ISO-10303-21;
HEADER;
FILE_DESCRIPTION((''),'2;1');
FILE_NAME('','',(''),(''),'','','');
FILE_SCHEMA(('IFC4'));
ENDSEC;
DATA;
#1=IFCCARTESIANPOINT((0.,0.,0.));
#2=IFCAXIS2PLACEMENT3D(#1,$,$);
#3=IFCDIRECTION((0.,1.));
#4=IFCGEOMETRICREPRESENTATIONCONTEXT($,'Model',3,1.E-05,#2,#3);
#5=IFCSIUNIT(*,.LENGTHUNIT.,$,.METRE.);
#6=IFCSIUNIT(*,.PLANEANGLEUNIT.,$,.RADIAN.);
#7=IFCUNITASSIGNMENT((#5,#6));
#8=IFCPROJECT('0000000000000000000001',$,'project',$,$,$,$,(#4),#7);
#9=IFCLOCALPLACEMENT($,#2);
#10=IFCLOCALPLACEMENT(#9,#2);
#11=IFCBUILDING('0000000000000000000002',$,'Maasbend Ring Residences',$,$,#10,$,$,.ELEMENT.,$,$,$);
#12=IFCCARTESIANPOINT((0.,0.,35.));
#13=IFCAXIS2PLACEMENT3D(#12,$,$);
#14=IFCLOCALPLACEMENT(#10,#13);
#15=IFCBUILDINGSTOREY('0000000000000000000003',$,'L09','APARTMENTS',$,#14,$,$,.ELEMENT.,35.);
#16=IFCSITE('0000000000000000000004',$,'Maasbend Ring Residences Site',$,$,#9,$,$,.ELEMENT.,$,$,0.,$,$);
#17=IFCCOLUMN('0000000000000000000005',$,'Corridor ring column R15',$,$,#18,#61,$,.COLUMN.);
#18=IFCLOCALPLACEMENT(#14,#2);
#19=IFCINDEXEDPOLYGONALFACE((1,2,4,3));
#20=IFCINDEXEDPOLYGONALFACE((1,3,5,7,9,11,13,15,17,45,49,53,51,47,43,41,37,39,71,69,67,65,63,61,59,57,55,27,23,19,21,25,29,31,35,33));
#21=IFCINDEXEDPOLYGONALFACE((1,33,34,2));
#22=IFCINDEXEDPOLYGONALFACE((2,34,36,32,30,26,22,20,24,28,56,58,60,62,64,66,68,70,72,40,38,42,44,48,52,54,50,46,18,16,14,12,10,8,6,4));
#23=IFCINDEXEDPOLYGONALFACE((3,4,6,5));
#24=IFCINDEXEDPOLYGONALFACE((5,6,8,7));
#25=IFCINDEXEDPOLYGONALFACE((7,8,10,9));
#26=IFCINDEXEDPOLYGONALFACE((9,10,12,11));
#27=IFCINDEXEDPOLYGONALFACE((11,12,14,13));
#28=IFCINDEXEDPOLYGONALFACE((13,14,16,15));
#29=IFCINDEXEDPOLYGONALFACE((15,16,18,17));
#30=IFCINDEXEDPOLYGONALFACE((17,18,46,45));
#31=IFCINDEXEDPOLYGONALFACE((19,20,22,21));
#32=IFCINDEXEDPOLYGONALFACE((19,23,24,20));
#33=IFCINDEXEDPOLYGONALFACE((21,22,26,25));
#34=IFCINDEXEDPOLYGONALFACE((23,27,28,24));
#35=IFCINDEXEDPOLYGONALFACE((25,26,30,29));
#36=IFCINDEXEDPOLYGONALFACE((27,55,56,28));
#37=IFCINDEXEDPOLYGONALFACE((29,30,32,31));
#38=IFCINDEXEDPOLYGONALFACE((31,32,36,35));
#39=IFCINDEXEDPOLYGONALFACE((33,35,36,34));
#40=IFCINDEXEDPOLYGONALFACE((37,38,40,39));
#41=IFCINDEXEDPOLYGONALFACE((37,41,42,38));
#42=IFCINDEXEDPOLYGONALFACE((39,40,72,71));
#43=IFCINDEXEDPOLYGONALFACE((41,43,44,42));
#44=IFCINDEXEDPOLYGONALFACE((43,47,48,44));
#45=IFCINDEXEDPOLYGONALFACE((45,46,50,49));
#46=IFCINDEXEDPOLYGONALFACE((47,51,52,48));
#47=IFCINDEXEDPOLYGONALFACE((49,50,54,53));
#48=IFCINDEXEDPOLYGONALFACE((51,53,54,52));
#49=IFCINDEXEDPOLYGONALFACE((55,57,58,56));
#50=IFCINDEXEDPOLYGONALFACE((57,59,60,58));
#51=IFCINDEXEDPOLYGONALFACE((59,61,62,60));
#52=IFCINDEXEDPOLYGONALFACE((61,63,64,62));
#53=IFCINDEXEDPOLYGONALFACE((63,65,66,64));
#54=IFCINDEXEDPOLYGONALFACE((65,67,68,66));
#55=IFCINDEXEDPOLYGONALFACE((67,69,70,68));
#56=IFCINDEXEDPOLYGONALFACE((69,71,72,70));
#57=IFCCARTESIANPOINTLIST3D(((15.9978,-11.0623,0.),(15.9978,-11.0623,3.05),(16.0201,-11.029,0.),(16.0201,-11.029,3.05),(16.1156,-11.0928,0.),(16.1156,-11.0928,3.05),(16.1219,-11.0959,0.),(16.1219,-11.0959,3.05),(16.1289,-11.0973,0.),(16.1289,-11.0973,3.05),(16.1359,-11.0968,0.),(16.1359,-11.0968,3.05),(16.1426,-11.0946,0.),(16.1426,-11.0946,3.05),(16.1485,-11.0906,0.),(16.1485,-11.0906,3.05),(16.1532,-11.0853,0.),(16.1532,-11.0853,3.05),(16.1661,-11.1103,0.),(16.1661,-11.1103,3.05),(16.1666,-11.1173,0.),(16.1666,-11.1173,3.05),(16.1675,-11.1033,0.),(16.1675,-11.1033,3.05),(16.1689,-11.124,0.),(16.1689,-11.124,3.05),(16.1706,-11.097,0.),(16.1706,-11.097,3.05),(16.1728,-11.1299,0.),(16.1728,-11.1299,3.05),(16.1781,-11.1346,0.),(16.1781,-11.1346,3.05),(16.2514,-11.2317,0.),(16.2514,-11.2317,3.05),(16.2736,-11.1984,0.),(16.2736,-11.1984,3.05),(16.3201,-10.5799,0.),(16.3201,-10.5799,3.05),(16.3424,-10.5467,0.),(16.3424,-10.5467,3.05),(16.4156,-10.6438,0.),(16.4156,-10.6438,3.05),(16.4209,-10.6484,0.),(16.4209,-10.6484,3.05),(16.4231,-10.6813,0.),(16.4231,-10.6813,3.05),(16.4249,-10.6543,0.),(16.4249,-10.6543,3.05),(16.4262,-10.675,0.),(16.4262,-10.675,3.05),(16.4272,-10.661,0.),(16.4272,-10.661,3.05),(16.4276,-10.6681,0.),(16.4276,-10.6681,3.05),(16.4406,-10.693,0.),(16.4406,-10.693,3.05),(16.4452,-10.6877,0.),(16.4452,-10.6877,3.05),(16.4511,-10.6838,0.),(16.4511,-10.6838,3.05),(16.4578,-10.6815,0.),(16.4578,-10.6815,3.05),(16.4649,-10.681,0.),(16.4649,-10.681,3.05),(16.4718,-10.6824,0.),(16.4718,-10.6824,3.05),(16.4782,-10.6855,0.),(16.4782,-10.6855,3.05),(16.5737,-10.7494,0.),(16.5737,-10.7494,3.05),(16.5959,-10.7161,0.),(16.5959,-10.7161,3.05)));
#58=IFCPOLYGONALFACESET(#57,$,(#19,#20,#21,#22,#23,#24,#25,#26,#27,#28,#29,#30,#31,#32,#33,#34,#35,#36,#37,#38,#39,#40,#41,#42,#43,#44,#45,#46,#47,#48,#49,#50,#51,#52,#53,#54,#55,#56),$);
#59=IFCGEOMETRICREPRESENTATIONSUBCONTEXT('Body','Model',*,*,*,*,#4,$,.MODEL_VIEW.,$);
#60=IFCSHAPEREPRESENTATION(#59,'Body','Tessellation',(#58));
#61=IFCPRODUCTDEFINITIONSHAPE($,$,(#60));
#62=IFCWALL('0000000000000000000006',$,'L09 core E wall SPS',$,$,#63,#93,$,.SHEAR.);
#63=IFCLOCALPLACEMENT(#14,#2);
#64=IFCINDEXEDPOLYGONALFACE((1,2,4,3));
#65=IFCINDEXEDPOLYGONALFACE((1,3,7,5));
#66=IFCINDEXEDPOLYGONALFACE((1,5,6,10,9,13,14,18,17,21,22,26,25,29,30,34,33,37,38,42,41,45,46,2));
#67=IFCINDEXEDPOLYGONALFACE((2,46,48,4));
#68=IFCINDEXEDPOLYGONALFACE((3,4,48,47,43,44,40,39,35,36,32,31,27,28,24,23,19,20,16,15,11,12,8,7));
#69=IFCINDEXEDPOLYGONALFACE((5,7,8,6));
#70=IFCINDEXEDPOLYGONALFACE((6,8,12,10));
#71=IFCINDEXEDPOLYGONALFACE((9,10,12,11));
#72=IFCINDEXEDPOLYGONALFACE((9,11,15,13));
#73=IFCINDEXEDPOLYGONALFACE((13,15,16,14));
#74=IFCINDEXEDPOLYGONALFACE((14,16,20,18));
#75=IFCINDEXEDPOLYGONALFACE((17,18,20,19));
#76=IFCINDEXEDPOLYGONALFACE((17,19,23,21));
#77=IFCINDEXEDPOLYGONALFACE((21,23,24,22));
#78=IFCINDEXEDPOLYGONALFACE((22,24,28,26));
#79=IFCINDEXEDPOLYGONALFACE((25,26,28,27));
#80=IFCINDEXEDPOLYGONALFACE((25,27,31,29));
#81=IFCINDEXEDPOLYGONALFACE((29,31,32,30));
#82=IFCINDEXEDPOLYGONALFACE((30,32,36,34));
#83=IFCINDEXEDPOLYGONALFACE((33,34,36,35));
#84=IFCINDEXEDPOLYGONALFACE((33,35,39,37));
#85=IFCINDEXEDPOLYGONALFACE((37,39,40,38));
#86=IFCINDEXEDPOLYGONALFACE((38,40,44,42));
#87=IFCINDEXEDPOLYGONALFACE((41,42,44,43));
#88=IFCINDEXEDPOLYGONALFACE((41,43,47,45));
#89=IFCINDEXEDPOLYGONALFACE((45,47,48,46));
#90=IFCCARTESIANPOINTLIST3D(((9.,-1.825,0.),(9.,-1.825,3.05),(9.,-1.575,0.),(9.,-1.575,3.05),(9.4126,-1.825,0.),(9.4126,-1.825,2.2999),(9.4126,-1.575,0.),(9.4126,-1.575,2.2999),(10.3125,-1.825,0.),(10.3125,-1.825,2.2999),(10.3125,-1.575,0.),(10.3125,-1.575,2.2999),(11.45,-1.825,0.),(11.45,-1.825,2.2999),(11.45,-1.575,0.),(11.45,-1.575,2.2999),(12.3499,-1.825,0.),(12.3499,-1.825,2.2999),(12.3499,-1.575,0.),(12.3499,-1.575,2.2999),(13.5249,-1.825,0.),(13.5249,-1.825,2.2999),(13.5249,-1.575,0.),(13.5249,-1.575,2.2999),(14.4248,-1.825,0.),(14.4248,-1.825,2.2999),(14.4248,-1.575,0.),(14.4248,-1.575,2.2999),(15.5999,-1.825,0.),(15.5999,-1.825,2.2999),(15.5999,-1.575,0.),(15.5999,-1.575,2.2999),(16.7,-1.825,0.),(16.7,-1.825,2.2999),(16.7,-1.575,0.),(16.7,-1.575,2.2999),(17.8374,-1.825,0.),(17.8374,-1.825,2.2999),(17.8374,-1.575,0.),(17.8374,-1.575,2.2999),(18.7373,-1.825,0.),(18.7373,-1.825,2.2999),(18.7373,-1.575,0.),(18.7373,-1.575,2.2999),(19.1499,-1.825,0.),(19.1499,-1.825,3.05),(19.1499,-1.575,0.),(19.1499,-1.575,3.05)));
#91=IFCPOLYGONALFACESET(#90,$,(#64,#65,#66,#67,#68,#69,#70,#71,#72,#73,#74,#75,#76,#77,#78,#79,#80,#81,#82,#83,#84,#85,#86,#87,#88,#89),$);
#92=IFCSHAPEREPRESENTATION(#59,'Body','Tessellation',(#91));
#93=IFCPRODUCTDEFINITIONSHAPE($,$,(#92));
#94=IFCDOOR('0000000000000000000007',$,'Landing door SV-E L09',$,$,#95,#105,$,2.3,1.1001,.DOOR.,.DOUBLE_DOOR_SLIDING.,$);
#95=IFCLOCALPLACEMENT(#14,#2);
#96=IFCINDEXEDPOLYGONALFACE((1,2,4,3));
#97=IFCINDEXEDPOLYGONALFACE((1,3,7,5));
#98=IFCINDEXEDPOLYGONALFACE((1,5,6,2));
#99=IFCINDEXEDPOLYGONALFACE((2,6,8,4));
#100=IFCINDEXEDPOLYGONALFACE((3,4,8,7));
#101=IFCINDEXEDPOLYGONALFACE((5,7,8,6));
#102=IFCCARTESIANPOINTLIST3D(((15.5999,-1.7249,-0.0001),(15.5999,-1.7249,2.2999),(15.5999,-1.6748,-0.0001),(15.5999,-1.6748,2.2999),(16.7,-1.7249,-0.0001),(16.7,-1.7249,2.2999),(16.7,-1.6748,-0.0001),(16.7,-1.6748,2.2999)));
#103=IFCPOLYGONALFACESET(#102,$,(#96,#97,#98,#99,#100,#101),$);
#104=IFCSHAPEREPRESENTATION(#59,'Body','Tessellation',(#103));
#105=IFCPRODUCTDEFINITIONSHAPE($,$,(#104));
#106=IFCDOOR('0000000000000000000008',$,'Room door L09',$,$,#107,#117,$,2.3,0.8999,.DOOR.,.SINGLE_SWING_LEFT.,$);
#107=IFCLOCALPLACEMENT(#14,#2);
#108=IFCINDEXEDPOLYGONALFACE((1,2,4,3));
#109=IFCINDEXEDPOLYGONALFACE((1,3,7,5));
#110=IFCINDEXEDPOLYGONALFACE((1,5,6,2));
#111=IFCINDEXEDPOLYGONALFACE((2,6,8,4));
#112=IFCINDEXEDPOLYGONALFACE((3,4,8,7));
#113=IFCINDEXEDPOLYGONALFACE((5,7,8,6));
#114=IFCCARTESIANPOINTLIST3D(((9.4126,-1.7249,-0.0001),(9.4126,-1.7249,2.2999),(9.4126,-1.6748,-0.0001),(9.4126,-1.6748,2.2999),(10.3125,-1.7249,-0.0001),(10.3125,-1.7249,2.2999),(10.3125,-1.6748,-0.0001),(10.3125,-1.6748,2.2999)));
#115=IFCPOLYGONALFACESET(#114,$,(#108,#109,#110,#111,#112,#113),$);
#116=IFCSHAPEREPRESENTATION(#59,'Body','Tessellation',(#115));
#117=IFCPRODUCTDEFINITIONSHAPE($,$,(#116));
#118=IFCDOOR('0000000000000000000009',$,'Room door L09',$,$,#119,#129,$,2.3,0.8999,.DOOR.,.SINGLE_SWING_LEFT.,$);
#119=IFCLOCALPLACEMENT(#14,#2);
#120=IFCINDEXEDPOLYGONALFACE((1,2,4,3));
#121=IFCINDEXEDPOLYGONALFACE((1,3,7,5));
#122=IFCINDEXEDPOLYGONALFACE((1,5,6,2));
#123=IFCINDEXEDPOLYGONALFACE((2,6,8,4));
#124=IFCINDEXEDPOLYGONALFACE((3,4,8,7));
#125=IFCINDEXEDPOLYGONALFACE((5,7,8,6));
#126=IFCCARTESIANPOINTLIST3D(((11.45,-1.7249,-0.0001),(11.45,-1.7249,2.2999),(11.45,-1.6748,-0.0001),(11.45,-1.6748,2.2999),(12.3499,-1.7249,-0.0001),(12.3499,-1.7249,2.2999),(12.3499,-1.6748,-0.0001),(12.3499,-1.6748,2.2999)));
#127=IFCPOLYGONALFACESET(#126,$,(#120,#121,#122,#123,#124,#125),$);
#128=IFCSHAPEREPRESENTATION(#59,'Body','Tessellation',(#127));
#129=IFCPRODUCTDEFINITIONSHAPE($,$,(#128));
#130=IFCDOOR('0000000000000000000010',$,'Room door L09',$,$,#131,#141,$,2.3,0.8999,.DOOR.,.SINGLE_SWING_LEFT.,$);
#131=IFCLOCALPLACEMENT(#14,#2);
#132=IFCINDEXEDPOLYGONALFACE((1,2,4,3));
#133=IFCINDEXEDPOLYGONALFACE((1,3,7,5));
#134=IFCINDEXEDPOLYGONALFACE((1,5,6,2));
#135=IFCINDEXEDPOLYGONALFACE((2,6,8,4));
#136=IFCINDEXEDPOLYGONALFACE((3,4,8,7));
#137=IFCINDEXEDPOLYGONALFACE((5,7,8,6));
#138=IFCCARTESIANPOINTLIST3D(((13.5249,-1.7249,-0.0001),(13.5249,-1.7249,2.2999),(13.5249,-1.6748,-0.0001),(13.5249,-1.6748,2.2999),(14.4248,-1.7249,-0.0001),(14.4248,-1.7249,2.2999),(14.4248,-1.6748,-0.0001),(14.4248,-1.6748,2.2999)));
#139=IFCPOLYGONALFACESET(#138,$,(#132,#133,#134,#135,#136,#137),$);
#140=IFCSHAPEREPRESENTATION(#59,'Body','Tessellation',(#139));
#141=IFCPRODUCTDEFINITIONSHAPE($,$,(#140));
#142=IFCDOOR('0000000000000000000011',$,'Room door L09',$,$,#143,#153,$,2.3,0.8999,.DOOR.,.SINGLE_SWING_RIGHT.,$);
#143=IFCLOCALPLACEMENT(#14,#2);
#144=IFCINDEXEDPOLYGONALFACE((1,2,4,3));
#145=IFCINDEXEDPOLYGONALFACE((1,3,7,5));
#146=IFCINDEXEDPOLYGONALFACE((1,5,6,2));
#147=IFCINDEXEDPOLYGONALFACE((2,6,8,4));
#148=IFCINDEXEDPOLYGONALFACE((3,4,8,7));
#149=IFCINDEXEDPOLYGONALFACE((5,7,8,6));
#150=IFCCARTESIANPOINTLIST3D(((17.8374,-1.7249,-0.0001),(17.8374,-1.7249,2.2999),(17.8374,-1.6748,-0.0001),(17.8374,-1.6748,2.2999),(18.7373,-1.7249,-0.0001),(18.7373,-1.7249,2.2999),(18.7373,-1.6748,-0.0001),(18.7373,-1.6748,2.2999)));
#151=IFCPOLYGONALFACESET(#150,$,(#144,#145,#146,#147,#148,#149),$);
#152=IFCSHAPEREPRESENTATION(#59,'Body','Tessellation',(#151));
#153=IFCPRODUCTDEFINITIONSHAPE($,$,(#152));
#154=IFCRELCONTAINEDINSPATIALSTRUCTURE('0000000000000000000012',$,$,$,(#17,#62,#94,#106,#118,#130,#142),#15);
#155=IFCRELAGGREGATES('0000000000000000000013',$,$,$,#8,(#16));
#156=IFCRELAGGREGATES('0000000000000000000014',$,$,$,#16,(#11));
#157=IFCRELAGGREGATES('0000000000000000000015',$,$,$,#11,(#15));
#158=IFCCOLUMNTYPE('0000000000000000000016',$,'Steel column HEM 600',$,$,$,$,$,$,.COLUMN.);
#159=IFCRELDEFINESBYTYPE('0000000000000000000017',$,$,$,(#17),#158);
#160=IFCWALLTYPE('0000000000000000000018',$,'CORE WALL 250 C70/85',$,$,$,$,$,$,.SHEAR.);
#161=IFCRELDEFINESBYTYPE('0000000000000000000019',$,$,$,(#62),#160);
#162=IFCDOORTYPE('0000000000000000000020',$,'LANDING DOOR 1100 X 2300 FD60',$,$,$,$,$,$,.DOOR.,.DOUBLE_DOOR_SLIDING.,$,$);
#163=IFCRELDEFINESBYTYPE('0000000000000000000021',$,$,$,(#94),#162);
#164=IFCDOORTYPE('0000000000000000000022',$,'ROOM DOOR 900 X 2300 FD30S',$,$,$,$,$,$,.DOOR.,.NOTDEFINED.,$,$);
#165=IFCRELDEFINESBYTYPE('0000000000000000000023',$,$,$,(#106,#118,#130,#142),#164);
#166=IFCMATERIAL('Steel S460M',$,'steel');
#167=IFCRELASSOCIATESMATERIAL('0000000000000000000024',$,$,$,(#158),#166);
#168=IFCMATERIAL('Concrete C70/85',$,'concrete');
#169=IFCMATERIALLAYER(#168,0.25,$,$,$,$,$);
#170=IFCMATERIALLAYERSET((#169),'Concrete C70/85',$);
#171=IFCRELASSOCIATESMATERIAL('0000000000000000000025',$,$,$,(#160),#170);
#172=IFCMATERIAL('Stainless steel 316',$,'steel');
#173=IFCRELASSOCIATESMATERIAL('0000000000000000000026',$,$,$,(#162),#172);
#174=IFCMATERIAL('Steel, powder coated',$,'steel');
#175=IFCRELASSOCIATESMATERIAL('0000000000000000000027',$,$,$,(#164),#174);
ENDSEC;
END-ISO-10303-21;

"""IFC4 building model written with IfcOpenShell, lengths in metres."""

from ifc_helpers import new_model, si_unit, direction, frame, frame_2d, origin, origin_2d, place, context, subcontext, project, spatial, rectangle, i_section, extrude, material, layer, layer_set, material_profile, profile_set, type_object, element, fill, save


model = new_model("IFC4")

# Units and contexts
model_context = context("Model", 3, precision=1e-05, world=origin(), true_north=direction((0.0, 1.0)))
body_context = subcontext(model_context, "Body", "Model", "MODEL_VIEW")
ifc_project = project(units=[si_unit("LENGTHUNIT", "METRE"), si_unit("PLANEANGLEUNIT", "RADIAN")], contexts=[model_context])

# Site, building, storey
site_placement = place(None, origin())
site = spatial("IfcSite", under=ifc_project, at=site_placement, Name="Maasbend Ring Residences Site", CompositionType="ELEMENT", RefElevation=0.0)
building_placement = place(site_placement, origin())
building = spatial("IfcBuilding", under=site, at=building_placement, Name="Maasbend Ring Residences", CompositionType="ELEMENT")
storey_placement = place(building_placement, frame((0.0, 0.0, 35.0)))
storey = spatial("IfcBuildingStorey", under=building, at=storey_placement, Name="L09", Description="APARTMENTS", CompositionType="ELEMENT", Elevation=35.0)

# Column
ifc_material_1 = material(Name="Steel S460M", Category="steel")
ifc_material_profile = material_profile(ifc_material_1, i_section(OverallWidth=0.3049, OverallDepth=0.6201, WebThickness=0.021, FlangeThickness=0.04, FilletRadius=0.0271, at=origin_2d()), Name="HEM 600")
ifc_profile_set = profile_set([ifc_material_profile], Name="Steel S460M")
column_type = type_object("IfcColumnType", Name="Steel column HEM 600", PredefinedType="COLUMN", material=ifc_profile_set)
column_placement = place(storey_placement, frame((16.2969, -10.8892, 0.0), z_axis=(0.0, 0.0, 1.0), x_axis=(0.83147, -0.55557, 0.0)))
element("IfcColumn", 1, at=column_placement, inside=storey, type_object=column_type, Name="Corridor ring column R15", PredefinedType="COLUMN", context=body_context, shape_type="SweptSolid", body=[
    extrude(i_section(OverallWidth=0.3049, OverallDepth=0.6201, WebThickness=0.021, FlangeThickness=0.04, FilletRadius=0.0271, at=origin_2d()), origin(), (0.0, 0.0, 1.0), 3.05),
])

# Wall, openings, doors
ifc_material_2 = material(Name="Concrete C70/85", Category="concrete")
ifc_layer_1 = layer(ifc_material_2, 0.25)
ifc_layer_set_1 = layer_set([ifc_layer_1], Name="Concrete C70/85")
wall_type_1 = type_object("IfcWallType", Name="CORE WALL 250 C70/85", PredefinedType="SHEAR", material=ifc_layer_set_1)
wall_1_placement = place(storey_placement, frame((19.1499, -1.7, 0.0), z_axis=(0.0, 0.0, 1.0), x_axis=(-1.0, 0.0, 0.0)))
wall_1 = element("IfcWall", 2, at=wall_1_placement, inside=storey, type_object=wall_type_1, Name="L09 core E wall SPS", PredefinedType="SHEAR", context=body_context, shape_type="SweptSolid", body=[
    extrude(rectangle(XDim=10.1499, YDim=0.25, at=frame_2d((5.075, 0.0))), origin(), (0.0, 0.0, 1.0), 3.05),
])
opening_1_placement = place(wall_1_placement, frame((2.45, 0.0, 0.0)))
opening_1 = element("IfcOpeningElement", 3, at=opening_1_placement, cuts=wall_1, PredefinedType="OPENING", context=body_context, shape_type="SweptSolid", body=[
    extrude(rectangle(XDim=1.1001, YDim=2.3, at=frame_2d((0.55, 1.1499))), frame((0.0, 0.135, 0.0), z_axis=(0.0, -1.0, 0.0), x_axis=(1.0, 0.0, 0.0)), (0.0, 0.0, 1.0), 0.27),
])
opening_2_placement = place(wall_1_placement, frame((8.8374, 0.0, 0.0)))
opening_2 = element("IfcOpeningElement", 4, at=opening_2_placement, cuts=wall_1, PredefinedType="OPENING", context=body_context, shape_type="SweptSolid", body=[
    extrude(rectangle(XDim=0.8999, YDim=2.3, at=frame_2d((0.45, 1.1499))), frame((0.0, 0.135, 0.0), z_axis=(0.0, -1.0, 0.0), x_axis=(1.0, 0.0, 0.0)), (0.0, 0.0, 1.0), 0.27),
])
opening_3_placement = place(wall_1_placement, frame((6.8, 0.0, 0.0)))
opening_3 = element("IfcOpeningElement", 5, at=opening_3_placement, cuts=wall_1, PredefinedType="OPENING", context=body_context, shape_type="SweptSolid", body=[
    extrude(rectangle(XDim=0.8999, YDim=2.3, at=frame_2d((0.45, 1.1499))), frame((0.0, 0.135, 0.0), z_axis=(0.0, -1.0, 0.0), x_axis=(1.0, 0.0, 0.0)), (0.0, 0.0, 1.0), 0.27),
])
opening_4_placement = place(wall_1_placement, frame((4.7251, 0.0, 0.0)))
opening_4 = element("IfcOpeningElement", 6, at=opening_4_placement, cuts=wall_1, PredefinedType="OPENING", context=body_context, shape_type="SweptSolid", body=[
    extrude(rectangle(XDim=0.8999, YDim=2.3, at=frame_2d((0.45, 1.1499))), frame((0.0, 0.135, 0.0), z_axis=(0.0, -1.0, 0.0), x_axis=(1.0, 0.0, 0.0)), (0.0, 0.0, 1.0), 0.27),
])
opening_5_placement = place(wall_1_placement, frame((0.4126, 0.0, 0.0)))
opening_5 = element("IfcOpeningElement", 7, at=opening_5_placement, cuts=wall_1, PredefinedType="OPENING", context=body_context, shape_type="SweptSolid", body=[
    extrude(rectangle(XDim=0.8999, YDim=2.3, at=frame_2d((0.45, 1.1499))), frame((0.0, 0.135, 0.0), z_axis=(0.0, -1.0, 0.0), x_axis=(1.0, 0.0, 0.0)), (0.0, 0.0, 1.0), 0.27),
])
ifc_material_3 = material(Name="Stainless steel 316", Category="steel")
door_type_1 = type_object("IfcDoorType", Name="LANDING DOOR 1100 X 2300 FD60", OperationType="DOUBLE_DOOR_SLIDING", PredefinedType="DOOR", material=ifc_material_3)
door_1_placement = place(opening_1_placement, origin())
door_1 = element("IfcDoor", 8, at=door_1_placement, inside=storey, type_object=door_type_1, Name="Landing door SV-E L09", OperationType="DOUBLE_DOOR_SLIDING", OverallHeight=2.3, OverallWidth=1.1001, PredefinedType="DOOR", context=body_context, shape_type="SweptSolid", body=[
    extrude(rectangle(XDim=1.1001, YDim=2.3, at=frame_2d((0.55, 1.1499))), frame((0.0, 0.0249, 0.0), z_axis=(0.0, -1.0, 0.0), x_axis=(1.0, 0.0, 0.0)), (0.0, 0.0, 1.0), 0.05),
])
fill(opening_1, door_1)
ifc_material_4 = material(Name="Steel, powder coated", Category="steel")
door_type_2 = type_object("IfcDoorType", Name="ROOM DOOR 900 X 2300 FD30S", OperationType="NOTDEFINED", PredefinedType="DOOR", material=ifc_material_4)
door_2_placement = place(opening_2_placement, origin())
door_2 = element("IfcDoor", 9, at=door_2_placement, inside=storey, type_object=door_type_2, Name="Room door L09", OperationType="SINGLE_SWING_LEFT", OverallHeight=2.3, OverallWidth=0.8999, PredefinedType="DOOR", context=body_context, shape_type="SweptSolid", body=[
    extrude(rectangle(XDim=0.8999, YDim=2.3, at=frame_2d((0.45, 1.1499))), frame((0.0, 0.0249, 0.0), z_axis=(0.0, -1.0, 0.0), x_axis=(1.0, 0.0, 0.0)), (0.0, 0.0, 1.0), 0.05),
])
fill(opening_2, door_2)
door_3_placement = place(opening_3_placement, origin())
door_3 = element("IfcDoor", 10, at=door_3_placement, inside=storey, type_object=door_type_2, Name="Room door L09", OperationType="SINGLE_SWING_LEFT", OverallHeight=2.3, OverallWidth=0.8999, PredefinedType="DOOR", context=body_context, shape_type="SweptSolid", body=[
    extrude(rectangle(XDim=0.8999, YDim=2.3, at=frame_2d((0.45, 1.1499))), frame((0.0, 0.0249, 0.0), z_axis=(0.0, -1.0, 0.0), x_axis=(1.0, 0.0, 0.0)), (0.0, 0.0, 1.0), 0.05),
])
fill(opening_3, door_3)
door_4_placement = place(opening_4_placement, origin())
door_4 = element("IfcDoor", 11, at=door_4_placement, inside=storey, type_object=door_type_2, Name="Room door L09", OperationType="SINGLE_SWING_LEFT", OverallHeight=2.3, OverallWidth=0.8999, PredefinedType="DOOR", context=body_context, shape_type="SweptSolid", body=[
    extrude(rectangle(XDim=0.8999, YDim=2.3, at=frame_2d((0.45, 1.1499))), frame((0.0, 0.0249, 0.0), z_axis=(0.0, -1.0, 0.0), x_axis=(1.0, 0.0, 0.0)), (0.0, 0.0, 1.0), 0.05),
])
fill(opening_4, door_4)
door_5_placement = place(opening_5_placement, origin())
door_5 = element("IfcDoor", 12, at=door_5_placement, inside=storey, type_object=door_type_2, Name="Room door L09", OperationType="SINGLE_SWING_RIGHT", OverallHeight=2.3, OverallWidth=0.8999, PredefinedType="DOOR", context=body_context, shape_type="SweptSolid", body=[
    extrude(rectangle(XDim=0.8999, YDim=2.3, at=frame_2d((0.45, 1.1499))), frame((0.0, 0.0249, 0.0), z_axis=(0.0, -1.0, 0.0), x_axis=(1.0, 0.0, 0.0)), (0.0, 0.0, 1.0), 0.05),
])
fill(opening_5, door_5)

save(model, "model.ifc")
